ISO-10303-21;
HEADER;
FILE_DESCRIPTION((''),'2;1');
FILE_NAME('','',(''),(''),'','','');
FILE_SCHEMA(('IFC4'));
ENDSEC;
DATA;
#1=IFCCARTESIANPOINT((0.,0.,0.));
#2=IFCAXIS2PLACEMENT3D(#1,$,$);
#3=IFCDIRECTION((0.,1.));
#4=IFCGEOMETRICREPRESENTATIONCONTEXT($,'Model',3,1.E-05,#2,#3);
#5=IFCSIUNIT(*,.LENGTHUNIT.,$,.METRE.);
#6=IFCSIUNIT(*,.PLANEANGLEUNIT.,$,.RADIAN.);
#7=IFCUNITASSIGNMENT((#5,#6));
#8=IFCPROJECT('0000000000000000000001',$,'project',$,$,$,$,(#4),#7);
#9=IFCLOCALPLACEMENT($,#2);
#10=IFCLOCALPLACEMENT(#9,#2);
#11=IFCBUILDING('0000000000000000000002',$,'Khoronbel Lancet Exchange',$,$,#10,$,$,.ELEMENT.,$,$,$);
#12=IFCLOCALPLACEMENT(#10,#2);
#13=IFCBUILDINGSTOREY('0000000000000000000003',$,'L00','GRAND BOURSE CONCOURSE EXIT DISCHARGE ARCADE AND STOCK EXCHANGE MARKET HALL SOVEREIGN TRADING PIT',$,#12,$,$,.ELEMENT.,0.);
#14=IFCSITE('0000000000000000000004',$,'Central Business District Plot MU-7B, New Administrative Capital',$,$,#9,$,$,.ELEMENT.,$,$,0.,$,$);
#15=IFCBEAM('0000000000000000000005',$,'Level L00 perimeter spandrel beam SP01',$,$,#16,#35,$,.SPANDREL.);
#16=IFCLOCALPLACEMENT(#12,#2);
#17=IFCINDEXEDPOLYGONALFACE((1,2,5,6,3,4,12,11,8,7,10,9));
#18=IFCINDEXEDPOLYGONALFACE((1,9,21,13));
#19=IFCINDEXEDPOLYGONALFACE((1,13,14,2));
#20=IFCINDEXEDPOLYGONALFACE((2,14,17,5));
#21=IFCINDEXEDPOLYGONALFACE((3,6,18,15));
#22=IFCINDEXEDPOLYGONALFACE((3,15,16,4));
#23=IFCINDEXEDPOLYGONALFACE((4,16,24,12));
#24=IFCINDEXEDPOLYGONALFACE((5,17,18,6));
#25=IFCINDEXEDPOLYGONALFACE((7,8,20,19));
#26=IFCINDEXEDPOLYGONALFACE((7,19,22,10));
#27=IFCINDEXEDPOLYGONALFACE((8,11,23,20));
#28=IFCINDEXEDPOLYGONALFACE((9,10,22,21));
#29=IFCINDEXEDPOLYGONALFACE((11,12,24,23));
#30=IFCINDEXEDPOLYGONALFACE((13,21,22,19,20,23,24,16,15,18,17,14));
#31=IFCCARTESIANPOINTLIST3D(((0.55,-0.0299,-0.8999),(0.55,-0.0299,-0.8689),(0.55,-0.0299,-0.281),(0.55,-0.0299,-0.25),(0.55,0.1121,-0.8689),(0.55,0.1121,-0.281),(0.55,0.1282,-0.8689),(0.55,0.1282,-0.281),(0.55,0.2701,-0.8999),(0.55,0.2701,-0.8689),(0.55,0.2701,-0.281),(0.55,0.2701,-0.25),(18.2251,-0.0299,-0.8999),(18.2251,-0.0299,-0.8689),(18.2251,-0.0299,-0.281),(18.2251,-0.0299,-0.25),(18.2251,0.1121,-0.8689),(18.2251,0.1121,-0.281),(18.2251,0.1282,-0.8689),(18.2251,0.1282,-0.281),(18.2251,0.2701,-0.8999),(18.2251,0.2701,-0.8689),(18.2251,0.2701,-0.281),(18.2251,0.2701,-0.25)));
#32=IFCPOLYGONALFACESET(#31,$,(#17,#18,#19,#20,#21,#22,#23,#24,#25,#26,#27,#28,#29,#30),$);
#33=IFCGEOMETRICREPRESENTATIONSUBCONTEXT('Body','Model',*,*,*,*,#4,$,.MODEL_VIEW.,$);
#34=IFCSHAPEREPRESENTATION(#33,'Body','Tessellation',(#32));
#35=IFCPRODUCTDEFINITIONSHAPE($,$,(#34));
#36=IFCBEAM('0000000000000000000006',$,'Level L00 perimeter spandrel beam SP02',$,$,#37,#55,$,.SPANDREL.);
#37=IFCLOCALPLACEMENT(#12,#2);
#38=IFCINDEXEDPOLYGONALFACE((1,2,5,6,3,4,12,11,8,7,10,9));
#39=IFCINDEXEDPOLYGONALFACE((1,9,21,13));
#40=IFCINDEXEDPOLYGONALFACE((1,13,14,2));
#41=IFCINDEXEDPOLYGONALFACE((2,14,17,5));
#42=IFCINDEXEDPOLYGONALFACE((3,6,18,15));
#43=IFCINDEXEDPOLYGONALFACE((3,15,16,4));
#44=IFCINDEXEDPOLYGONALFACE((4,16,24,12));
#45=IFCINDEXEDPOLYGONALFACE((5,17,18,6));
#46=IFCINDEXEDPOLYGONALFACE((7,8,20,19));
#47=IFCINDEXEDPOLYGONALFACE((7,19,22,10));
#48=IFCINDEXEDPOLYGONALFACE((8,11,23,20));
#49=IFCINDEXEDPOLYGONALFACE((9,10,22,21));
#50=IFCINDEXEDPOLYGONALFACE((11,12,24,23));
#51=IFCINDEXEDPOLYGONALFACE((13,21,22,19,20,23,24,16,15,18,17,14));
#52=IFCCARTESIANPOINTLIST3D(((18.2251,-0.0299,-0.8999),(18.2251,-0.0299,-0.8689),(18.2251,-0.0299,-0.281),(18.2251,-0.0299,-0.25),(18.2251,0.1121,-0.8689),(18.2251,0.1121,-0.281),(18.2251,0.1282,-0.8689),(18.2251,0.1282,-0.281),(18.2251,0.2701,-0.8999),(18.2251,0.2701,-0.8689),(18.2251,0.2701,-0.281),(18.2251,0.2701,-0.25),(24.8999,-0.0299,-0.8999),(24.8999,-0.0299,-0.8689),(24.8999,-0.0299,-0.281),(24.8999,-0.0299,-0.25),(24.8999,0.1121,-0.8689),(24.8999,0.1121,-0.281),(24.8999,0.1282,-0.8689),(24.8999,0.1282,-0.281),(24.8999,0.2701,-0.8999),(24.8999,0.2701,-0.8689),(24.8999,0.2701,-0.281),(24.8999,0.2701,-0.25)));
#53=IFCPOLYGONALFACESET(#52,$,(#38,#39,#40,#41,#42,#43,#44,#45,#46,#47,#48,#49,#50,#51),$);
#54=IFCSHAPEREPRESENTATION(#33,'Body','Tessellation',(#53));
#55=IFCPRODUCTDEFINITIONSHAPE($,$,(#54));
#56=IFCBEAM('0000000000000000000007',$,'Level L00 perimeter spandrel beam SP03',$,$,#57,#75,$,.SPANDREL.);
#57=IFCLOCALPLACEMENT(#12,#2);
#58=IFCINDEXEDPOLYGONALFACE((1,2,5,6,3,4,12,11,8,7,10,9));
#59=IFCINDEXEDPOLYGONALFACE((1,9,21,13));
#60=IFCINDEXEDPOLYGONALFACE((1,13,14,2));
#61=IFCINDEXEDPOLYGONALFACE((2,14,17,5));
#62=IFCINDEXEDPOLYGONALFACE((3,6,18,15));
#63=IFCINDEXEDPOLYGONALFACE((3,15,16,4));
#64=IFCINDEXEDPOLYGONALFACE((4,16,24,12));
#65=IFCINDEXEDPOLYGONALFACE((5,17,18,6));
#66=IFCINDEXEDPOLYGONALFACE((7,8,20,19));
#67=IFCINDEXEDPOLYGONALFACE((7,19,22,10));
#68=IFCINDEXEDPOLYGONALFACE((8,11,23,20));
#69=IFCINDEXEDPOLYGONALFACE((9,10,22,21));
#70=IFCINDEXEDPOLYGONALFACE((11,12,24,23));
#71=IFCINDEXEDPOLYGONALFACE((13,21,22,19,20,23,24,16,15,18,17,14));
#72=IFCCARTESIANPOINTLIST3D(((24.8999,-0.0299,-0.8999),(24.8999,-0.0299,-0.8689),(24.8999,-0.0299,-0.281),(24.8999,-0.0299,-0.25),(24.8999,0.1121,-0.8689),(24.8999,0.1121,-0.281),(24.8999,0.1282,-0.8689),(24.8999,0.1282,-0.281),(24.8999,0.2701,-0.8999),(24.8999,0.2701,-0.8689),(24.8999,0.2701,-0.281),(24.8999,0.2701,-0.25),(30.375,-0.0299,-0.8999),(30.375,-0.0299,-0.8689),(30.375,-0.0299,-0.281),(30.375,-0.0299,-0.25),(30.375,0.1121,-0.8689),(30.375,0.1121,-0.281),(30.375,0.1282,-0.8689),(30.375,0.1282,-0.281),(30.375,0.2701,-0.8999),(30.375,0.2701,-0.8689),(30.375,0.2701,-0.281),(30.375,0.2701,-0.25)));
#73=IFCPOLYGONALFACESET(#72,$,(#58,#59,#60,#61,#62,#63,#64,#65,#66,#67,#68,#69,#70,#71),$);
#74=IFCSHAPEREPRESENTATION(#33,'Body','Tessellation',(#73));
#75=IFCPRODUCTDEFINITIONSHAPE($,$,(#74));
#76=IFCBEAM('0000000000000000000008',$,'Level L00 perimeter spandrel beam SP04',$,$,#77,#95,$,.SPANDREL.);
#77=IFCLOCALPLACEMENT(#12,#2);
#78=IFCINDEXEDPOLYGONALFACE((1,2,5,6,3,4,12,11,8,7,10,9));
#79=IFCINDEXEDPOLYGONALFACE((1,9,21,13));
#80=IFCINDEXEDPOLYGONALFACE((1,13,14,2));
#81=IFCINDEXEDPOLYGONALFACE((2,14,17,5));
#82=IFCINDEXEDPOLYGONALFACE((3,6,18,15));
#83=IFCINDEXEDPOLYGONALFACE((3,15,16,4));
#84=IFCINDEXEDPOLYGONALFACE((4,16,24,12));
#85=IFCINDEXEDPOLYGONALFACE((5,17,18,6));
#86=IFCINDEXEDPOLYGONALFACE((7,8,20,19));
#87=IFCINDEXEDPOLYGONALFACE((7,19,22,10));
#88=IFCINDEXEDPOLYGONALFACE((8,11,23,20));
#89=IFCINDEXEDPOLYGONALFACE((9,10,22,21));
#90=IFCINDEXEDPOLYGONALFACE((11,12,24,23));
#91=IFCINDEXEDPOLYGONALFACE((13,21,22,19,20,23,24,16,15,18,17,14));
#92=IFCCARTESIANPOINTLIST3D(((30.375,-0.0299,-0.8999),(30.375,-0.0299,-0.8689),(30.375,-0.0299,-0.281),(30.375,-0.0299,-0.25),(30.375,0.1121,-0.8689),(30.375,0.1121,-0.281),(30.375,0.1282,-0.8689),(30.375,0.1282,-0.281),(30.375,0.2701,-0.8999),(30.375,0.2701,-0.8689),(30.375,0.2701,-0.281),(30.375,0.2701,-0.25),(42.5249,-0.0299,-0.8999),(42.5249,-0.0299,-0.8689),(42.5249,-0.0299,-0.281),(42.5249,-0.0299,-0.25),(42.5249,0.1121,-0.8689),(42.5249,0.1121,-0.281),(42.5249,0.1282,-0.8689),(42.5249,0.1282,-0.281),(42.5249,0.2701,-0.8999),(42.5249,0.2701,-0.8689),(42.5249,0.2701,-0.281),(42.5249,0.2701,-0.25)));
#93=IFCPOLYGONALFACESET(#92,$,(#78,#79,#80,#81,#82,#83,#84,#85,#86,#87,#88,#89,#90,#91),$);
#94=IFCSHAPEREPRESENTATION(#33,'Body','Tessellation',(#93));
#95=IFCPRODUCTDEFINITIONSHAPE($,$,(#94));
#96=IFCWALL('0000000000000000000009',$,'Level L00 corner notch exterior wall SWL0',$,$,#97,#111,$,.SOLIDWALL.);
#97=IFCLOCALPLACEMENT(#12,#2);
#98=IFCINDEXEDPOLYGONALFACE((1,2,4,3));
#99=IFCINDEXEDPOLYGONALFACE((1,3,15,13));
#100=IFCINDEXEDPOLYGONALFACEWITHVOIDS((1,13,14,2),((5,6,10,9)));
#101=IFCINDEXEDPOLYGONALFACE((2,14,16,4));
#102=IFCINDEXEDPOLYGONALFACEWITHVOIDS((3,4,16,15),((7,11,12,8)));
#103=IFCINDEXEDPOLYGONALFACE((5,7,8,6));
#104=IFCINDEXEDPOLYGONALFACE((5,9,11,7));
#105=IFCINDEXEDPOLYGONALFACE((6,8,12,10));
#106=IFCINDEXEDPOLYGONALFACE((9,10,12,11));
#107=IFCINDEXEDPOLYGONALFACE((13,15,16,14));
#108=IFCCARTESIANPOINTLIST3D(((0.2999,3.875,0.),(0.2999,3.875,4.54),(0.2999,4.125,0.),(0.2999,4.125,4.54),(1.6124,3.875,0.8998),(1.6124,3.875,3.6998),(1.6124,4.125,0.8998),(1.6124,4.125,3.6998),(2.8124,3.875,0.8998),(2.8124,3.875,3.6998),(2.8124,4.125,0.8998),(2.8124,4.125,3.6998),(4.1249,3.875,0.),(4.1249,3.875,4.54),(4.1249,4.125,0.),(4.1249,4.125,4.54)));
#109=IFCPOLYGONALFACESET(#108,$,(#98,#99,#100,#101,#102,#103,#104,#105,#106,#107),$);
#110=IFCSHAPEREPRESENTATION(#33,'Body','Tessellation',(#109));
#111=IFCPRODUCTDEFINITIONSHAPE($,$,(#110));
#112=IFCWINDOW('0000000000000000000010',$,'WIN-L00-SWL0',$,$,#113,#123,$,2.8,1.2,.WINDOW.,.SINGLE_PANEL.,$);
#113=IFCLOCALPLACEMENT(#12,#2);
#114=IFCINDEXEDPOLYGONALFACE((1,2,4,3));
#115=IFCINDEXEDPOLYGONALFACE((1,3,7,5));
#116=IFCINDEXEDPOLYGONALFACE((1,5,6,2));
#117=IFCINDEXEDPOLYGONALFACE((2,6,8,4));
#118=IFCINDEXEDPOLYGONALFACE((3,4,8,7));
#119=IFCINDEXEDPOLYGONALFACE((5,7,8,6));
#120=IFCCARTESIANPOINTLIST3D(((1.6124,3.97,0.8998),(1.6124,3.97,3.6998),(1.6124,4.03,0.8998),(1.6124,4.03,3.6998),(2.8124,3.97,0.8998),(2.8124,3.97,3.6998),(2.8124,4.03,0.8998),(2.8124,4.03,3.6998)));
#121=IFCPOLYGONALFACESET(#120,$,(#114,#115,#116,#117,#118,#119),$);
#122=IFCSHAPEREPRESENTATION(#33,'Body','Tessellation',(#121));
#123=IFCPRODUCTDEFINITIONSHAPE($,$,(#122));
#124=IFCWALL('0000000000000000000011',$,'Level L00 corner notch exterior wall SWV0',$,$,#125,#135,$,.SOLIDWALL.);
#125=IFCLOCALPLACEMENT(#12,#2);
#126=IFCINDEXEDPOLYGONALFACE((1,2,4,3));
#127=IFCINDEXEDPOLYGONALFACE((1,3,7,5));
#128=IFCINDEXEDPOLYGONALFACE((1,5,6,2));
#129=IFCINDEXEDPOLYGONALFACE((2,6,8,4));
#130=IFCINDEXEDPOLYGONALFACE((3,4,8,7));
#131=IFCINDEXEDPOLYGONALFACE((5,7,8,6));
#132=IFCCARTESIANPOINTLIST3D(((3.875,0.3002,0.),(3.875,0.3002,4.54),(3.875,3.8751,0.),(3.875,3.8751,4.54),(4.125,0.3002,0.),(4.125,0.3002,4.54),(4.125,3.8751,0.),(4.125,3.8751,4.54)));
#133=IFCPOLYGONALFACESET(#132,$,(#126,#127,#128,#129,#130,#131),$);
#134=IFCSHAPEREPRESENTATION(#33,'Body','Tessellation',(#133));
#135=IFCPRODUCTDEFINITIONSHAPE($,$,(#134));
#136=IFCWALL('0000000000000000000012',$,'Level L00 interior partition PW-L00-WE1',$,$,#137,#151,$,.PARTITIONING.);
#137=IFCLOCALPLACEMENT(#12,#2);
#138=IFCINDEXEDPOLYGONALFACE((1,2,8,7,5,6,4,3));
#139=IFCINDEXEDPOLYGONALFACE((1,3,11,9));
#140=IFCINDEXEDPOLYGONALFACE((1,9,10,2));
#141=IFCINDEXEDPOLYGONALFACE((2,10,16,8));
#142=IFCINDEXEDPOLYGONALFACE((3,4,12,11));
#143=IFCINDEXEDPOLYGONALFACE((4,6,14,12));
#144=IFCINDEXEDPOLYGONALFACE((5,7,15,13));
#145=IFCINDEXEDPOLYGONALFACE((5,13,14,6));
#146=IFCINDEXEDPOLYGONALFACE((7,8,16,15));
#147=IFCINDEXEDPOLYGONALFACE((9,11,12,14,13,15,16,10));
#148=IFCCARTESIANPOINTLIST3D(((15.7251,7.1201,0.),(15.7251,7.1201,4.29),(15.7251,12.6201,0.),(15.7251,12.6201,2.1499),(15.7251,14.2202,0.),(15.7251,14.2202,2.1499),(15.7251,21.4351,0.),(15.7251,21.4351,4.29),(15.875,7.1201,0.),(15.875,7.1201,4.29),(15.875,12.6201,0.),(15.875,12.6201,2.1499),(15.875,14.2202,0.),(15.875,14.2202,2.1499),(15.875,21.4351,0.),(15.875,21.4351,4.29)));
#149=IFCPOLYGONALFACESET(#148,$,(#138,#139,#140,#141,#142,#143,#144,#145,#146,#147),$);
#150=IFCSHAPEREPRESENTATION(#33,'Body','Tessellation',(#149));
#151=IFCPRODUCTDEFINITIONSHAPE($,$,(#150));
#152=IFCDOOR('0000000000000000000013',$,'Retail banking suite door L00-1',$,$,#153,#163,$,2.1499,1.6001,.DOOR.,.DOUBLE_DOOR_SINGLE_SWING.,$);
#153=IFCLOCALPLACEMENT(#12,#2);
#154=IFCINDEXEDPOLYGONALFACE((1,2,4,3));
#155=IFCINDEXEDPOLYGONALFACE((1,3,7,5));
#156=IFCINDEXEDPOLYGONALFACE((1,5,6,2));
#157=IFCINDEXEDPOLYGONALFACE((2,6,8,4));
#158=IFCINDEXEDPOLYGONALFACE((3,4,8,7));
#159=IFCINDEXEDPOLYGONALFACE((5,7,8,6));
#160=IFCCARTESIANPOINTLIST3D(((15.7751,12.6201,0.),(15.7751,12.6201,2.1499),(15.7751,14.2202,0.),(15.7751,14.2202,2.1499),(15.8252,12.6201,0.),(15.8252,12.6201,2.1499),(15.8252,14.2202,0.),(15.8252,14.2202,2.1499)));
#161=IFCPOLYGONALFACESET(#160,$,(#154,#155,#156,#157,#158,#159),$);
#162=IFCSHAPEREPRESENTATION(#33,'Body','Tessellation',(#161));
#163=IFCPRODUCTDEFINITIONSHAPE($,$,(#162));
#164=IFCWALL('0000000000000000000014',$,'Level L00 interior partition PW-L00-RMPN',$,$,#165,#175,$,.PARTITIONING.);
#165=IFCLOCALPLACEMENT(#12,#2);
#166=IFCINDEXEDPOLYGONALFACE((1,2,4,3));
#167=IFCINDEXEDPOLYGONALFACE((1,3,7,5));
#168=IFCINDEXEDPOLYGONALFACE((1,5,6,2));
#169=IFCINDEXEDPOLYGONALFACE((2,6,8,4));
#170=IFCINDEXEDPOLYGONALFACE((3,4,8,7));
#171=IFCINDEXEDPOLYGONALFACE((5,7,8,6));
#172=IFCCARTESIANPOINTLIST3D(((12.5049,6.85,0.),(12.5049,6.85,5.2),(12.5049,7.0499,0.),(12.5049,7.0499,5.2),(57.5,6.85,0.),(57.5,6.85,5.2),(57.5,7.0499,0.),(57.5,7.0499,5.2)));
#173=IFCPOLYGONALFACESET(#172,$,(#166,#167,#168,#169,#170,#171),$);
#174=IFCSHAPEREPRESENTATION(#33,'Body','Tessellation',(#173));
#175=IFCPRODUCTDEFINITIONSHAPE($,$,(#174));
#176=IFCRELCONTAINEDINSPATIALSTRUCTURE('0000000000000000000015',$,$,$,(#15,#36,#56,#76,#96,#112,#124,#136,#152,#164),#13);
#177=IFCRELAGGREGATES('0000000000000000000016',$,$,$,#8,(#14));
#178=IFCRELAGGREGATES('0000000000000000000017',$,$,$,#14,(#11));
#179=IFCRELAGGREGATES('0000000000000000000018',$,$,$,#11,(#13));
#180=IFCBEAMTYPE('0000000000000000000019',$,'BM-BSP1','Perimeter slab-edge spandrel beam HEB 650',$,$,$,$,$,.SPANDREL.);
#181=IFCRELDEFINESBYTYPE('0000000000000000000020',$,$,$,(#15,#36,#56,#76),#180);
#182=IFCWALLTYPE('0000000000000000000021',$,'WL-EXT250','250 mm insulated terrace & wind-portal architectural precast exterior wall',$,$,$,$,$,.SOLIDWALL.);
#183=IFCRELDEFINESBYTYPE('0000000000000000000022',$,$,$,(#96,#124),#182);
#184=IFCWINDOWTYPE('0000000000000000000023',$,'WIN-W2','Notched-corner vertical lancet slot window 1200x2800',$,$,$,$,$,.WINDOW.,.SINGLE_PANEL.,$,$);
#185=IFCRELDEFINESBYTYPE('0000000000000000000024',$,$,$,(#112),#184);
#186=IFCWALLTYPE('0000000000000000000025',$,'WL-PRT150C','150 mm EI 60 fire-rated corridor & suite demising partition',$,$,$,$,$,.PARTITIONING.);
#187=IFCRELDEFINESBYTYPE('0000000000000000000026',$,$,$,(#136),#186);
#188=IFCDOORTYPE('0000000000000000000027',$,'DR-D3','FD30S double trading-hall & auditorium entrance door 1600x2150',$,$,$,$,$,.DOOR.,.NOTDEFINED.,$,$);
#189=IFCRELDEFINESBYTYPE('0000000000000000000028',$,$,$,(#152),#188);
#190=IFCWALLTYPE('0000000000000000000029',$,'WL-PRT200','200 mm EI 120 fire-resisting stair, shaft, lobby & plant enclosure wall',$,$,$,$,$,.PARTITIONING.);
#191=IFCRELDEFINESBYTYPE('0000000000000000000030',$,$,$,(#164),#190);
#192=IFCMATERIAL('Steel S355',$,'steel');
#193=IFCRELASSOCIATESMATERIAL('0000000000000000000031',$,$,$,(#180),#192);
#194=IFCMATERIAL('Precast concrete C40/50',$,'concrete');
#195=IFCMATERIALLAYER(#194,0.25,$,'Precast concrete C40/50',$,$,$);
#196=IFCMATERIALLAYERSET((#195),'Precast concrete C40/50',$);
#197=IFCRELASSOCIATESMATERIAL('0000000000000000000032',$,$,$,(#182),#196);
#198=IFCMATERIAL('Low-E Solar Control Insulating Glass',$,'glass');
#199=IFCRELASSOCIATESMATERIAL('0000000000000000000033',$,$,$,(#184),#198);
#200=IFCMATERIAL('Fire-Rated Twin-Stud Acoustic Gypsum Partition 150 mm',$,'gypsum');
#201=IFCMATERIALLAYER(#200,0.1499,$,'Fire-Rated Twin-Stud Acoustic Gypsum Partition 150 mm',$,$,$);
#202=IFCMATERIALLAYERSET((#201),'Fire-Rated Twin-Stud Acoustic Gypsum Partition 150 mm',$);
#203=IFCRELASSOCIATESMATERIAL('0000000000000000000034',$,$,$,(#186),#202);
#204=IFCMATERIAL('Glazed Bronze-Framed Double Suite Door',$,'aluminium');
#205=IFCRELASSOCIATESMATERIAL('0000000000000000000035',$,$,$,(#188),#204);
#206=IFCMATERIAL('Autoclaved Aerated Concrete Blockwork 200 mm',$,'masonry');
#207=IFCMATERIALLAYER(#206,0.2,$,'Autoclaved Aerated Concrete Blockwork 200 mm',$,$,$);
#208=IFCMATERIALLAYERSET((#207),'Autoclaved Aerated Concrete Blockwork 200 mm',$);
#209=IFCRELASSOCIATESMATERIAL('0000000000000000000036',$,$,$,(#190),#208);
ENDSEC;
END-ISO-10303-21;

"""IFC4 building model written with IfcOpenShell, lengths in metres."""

from ifc_helpers import new_model, si_unit, direction, frame, frame_2d, origin, origin_2d, place, context, subcontext, project, spatial, rectangle, i_section, extrude, material, layer, layer_set, material_profile, profile_set, type_object, element, fill, save


model = new_model("IFC4")

# Units and contexts
model_context = context("Model", 3, precision=1e-05, world=origin(), true_north=direction((0.0, 1.0)))
body_context = subcontext(model_context, "Body", "Model", "MODEL_VIEW")
ifc_project = project(units=[si_unit("LENGTHUNIT", "METRE"), si_unit("PLANEANGLEUNIT", "RADIAN")], contexts=[model_context])

# Site, building, storey
site_placement = place(None, origin())
site = spatial("IfcSite", under=ifc_project, at=site_placement, Name="Central Business District Plot MU-7B, New Administrative Capital", CompositionType="ELEMENT", RefElevation=0.0)
building_placement = place(site_placement, origin())
building = spatial("IfcBuilding", under=site, at=building_placement, Name="Khoronbel Lancet Exchange", CompositionType="ELEMENT")
storey_placement = place(building_placement, origin())
storey = spatial("IfcBuildingStorey", under=building, at=storey_placement, Name="L00", Description="GRAND BOURSE CONCOURSE EXIT DISCHARGE ARCADE AND STOCK EXCHANGE MARKET HALL SOVEREIGN TRADING PIT", CompositionType="ELEMENT", Elevation=0.0)

# Beams
ifc_material_1 = material(Name="Steel S355", Category="steel")
ifc_material_profile_1 = material_profile(ifc_material_1, i_section(OverallWidth=0.3, OverallDepth=0.6499, WebThickness=0.0161, FlangeThickness=0.031, at=origin_2d()), Name="HEB 650")
ifc_profile_set_1 = profile_set([ifc_material_profile_1], Name="Steel S355")
beam_type_1 = type_object("IfcBeamType", Name="BM-BSP1", Description="Perimeter slab-edge spandrel beam HEB 650", PredefinedType="SPANDREL", material=ifc_profile_set_1)
beam_1_placement = place(storey_placement, frame((0.55, 0.1201, -0.575), z_axis=(1.0, 0.0, 0.0), x_axis=(0.0, 1.0, 0.0)))
element("IfcBeam", 1, at=beam_1_placement, inside=storey, type_object=beam_type_1, Name="Level L00 perimeter spandrel beam SP01", PredefinedType="SPANDREL", context=body_context, shape_type="SweptSolid", body=[
    extrude(i_section(OverallWidth=0.3, OverallDepth=0.6499, WebThickness=0.0161, FlangeThickness=0.031, at=origin_2d()), origin(), (0.0, 0.0, 1.0), 17.675),
])
beam_2_placement = place(storey_placement, frame((18.2251, 0.1201, -0.575), z_axis=(1.0, 0.0, 0.0), x_axis=(0.0, 1.0, 0.0)))
element("IfcBeam", 2, at=beam_2_placement, inside=storey, type_object=beam_type_1, Name="Level L00 perimeter spandrel beam SP02", PredefinedType="SPANDREL", context=body_context, shape_type="SweptSolid", body=[
    extrude(i_section(OverallWidth=0.3, OverallDepth=0.6499, WebThickness=0.0161, FlangeThickness=0.031, at=origin_2d()), origin(), (0.0, 0.0, 1.0), 6.6748),
])
beam_3_placement = place(storey_placement, frame((24.8999, 0.1201, -0.575), z_axis=(1.0, 0.0, 0.0), x_axis=(0.0, 1.0, 0.0)))
element("IfcBeam", 3, at=beam_3_placement, inside=storey, type_object=beam_type_1, Name="Level L00 perimeter spandrel beam SP03", PredefinedType="SPANDREL", context=body_context, shape_type="SweptSolid", body=[
    extrude(i_section(OverallWidth=0.3, OverallDepth=0.6499, WebThickness=0.0161, FlangeThickness=0.031, at=origin_2d()), origin(), (0.0, 0.0, 1.0), 5.4751),
])
beam_4_placement = place(storey_placement, frame((30.375, 0.1201, -0.575), z_axis=(1.0, 0.0, 0.0), x_axis=(0.0, 1.0, 0.0)))
element("IfcBeam", 4, at=beam_4_placement, inside=storey, type_object=beam_type_1, Name="Level L00 perimeter spandrel beam SP04", PredefinedType="SPANDREL", context=body_context, shape_type="SweptSolid", body=[
    extrude(i_section(OverallWidth=0.3, OverallDepth=0.6499, WebThickness=0.0161, FlangeThickness=0.031, at=origin_2d()), origin(), (0.0, 0.0, 1.0), 12.1499),
])

# Wall, opening, window
ifc_material_2 = material(Name="Precast concrete C40/50", Category="concrete")
ifc_layer_1 = layer(ifc_material_2, 0.25, Name="Precast concrete C40/50")
ifc_layer_set_1 = layer_set([ifc_layer_1], Name="Precast concrete C40/50")
wall_type_1 = type_object("IfcWallType", Name="WL-EXT250", Description="250 mm insulated terrace & wind-portal architectural precast exterior wall", PredefinedType="SOLIDWALL", material=ifc_layer_set_1)
wall_1_placement = place(storey_placement, frame((4.125, 4.0, 0.0), z_axis=(0.0, 0.0, 1.0), x_axis=(-1.0, 0.0, 0.0)))
wall_1 = element("IfcWall", 5, at=wall_1_placement, inside=storey, type_object=wall_type_1, Name="Level L00 corner notch exterior wall SWL0", PredefinedType="SOLIDWALL", context=body_context, shape_type="SweptSolid", body=[
    extrude(rectangle(XDim=3.825, YDim=0.25, at=frame_2d((1.9126, 0.0))), origin(), (0.0, 0.0, 1.0), 4.54),
])
opening_1_placement = place(wall_1_placement, frame((1.3125, 0.0, 0.8999)))
opening_1 = element("IfcOpeningElement", 6, at=opening_1_placement, cuts=wall_1, PredefinedType="OPENING", context=body_context, shape_type="SweptSolid", body=[
    extrude(rectangle(XDim=1.2, YDim=2.8, at=frame_2d((0.6001, 1.3999))), frame((0.0, 0.135, 0.0), z_axis=(0.0, -1.0, 0.0), x_axis=(1.0, 0.0, 0.0)), (0.0, 0.0, 1.0), 0.27),
])
ifc_material_3 = material(Name="Low-E Solar Control Insulating Glass", Category="glass")
window_type = type_object("IfcWindowType", Name="WIN-W2", Description="Notched-corner vertical lancet slot window 1200x2800", PartitioningType="SINGLE_PANEL", PredefinedType="WINDOW", material=ifc_material_3)
window_placement = place(opening_1_placement, origin())
window = element("IfcWindow", 7, at=window_placement, inside=storey, type_object=window_type, Name="WIN-L00-SWL0", OverallHeight=2.8, OverallWidth=1.2, PartitioningType="SINGLE_PANEL", PredefinedType="WINDOW", context=body_context, shape_type="SweptSolid", body=[
    extrude(rectangle(XDim=1.2, YDim=2.8, at=frame_2d((0.6001, 1.3999))), frame((0.0, 0.03, 0.0), z_axis=(0.0, -1.0, 0.0), x_axis=(1.0, 0.0, 0.0)), (0.0, 0.0, 1.0), 0.0601),
])
fill(opening_1, window)

# Wall
wall_2_placement = place(storey_placement, frame((4.0, 0.3, 0.0), z_axis=(0.0, 0.0, 1.0), x_axis=(0.0, 1.0, 0.0)))
element("IfcWall", 8, at=wall_2_placement, inside=storey, type_object=wall_type_1, Name="Level L00 corner notch exterior wall SWV0", PredefinedType="SOLIDWALL", context=body_context, shape_type="SweptSolid", body=[
    extrude(rectangle(XDim=3.575, YDim=0.25, at=frame_2d((1.7876, 0.0))), origin(), (0.0, 0.0, 1.0), 4.54),
])

# Wall, opening, door
ifc_material_4 = material(Name="Fire-Rated Twin-Stud Acoustic Gypsum Partition 150 mm", Category="gypsum")
ifc_layer_2 = layer(ifc_material_4, 0.1499, Name="Fire-Rated Twin-Stud Acoustic Gypsum Partition 150 mm")
ifc_layer_set_2 = layer_set([ifc_layer_2], Name="Fire-Rated Twin-Stud Acoustic Gypsum Partition 150 mm")
wall_type_2 = type_object("IfcWallType", Name="WL-PRT150C", Description="150 mm EI 60 fire-rated corridor & suite demising partition", PredefinedType="PARTITIONING", material=ifc_layer_set_2)
wall_3_placement = place(storey_placement, frame((15.8, 7.1201, 0.0), z_axis=(0.0, 0.0, 1.0), x_axis=(0.0, 1.0, 0.0)))
wall_3 = element("IfcWall", 9, at=wall_3_placement, inside=storey, type_object=wall_type_2, Name="Level L00 interior partition PW-L00-WE1", PredefinedType="PARTITIONING", context=body_context, shape_type="SweptSolid", body=[
    extrude(rectangle(XDim=14.3149, YDim=0.1499, at=frame_2d((7.1575, 0.0))), origin(), (0.0, 0.0, 1.0), 4.29),
])
opening_2_placement = place(wall_3_placement, frame((5.5, 0.0, 0.0)))
opening_2 = element("IfcOpeningElement", 10, at=opening_2_placement, cuts=wall_3, PredefinedType="OPENING", context=body_context, shape_type="SweptSolid", body=[
    extrude(rectangle(XDim=1.6001, YDim=2.1499, at=frame_2d((0.8, 1.075))), frame((0.0, 0.085, 0.0), z_axis=(0.0, -1.0, 0.0), x_axis=(1.0, 0.0, 0.0)), (0.0, 0.0, 1.0), 0.1699),
])
ifc_material_5 = material(Name="Glazed Bronze-Framed Double Suite Door", Category="aluminium")
door_type = type_object("IfcDoorType", Name="DR-D3", Description="FD30S double trading-hall & auditorium entrance door 1600x2150", OperationType="NOTDEFINED", PredefinedType="DOOR", material=ifc_material_5)
door_placement = place(opening_2_placement, origin())
door = element("IfcDoor", 11, at=door_placement, inside=storey, type_object=door_type, Name="Retail banking suite door L00-1", OperationType="DOUBLE_DOOR_SINGLE_SWING", OverallHeight=2.1499, OverallWidth=1.6001, PredefinedType="DOOR", context=body_context, shape_type="SweptSolid", body=[
    extrude(rectangle(XDim=1.6001, YDim=2.1499, at=frame_2d((0.8, 1.075))), frame((0.0, 0.0249, 0.0), z_axis=(0.0, -1.0, 0.0), x_axis=(1.0, 0.0, 0.0)), (0.0, 0.0, 1.0), 0.05),
])
fill(opening_2, door)

# Wall
ifc_material_6 = material(Name="Autoclaved Aerated Concrete Blockwork 200 mm", Category="masonry")
ifc_layer_3 = layer(ifc_material_6, 0.2, Name="Autoclaved Aerated Concrete Blockwork 200 mm")
ifc_layer_set_3 = layer_set([ifc_layer_3], Name="Autoclaved Aerated Concrete Blockwork 200 mm")
wall_type_3 = type_object("IfcWallType", Name="WL-PRT200", Description="200 mm EI 120 fire-resisting stair, shaft, lobby & plant enclosure wall", PredefinedType="PARTITIONING", material=ifc_layer_set_3)
wall_4_placement = place(storey_placement, frame((12.5049, 6.95, 0.0), z_axis=(0.0, 0.0, 1.0), x_axis=(1.0, 0.0, 0.0)))
element("IfcWall", 12, at=wall_4_placement, inside=storey, type_object=wall_type_3, Name="Level L00 interior partition PW-L00-RMPN", PredefinedType="PARTITIONING", context=body_context, shape_type="SweptSolid", body=[
    extrude(rectangle(XDim=44.9951, YDim=0.2, at=frame_2d((22.4976, 0.0))), origin(), (0.0, 0.0, 1.0), 5.2),
])

save(model, "model.ifc")
